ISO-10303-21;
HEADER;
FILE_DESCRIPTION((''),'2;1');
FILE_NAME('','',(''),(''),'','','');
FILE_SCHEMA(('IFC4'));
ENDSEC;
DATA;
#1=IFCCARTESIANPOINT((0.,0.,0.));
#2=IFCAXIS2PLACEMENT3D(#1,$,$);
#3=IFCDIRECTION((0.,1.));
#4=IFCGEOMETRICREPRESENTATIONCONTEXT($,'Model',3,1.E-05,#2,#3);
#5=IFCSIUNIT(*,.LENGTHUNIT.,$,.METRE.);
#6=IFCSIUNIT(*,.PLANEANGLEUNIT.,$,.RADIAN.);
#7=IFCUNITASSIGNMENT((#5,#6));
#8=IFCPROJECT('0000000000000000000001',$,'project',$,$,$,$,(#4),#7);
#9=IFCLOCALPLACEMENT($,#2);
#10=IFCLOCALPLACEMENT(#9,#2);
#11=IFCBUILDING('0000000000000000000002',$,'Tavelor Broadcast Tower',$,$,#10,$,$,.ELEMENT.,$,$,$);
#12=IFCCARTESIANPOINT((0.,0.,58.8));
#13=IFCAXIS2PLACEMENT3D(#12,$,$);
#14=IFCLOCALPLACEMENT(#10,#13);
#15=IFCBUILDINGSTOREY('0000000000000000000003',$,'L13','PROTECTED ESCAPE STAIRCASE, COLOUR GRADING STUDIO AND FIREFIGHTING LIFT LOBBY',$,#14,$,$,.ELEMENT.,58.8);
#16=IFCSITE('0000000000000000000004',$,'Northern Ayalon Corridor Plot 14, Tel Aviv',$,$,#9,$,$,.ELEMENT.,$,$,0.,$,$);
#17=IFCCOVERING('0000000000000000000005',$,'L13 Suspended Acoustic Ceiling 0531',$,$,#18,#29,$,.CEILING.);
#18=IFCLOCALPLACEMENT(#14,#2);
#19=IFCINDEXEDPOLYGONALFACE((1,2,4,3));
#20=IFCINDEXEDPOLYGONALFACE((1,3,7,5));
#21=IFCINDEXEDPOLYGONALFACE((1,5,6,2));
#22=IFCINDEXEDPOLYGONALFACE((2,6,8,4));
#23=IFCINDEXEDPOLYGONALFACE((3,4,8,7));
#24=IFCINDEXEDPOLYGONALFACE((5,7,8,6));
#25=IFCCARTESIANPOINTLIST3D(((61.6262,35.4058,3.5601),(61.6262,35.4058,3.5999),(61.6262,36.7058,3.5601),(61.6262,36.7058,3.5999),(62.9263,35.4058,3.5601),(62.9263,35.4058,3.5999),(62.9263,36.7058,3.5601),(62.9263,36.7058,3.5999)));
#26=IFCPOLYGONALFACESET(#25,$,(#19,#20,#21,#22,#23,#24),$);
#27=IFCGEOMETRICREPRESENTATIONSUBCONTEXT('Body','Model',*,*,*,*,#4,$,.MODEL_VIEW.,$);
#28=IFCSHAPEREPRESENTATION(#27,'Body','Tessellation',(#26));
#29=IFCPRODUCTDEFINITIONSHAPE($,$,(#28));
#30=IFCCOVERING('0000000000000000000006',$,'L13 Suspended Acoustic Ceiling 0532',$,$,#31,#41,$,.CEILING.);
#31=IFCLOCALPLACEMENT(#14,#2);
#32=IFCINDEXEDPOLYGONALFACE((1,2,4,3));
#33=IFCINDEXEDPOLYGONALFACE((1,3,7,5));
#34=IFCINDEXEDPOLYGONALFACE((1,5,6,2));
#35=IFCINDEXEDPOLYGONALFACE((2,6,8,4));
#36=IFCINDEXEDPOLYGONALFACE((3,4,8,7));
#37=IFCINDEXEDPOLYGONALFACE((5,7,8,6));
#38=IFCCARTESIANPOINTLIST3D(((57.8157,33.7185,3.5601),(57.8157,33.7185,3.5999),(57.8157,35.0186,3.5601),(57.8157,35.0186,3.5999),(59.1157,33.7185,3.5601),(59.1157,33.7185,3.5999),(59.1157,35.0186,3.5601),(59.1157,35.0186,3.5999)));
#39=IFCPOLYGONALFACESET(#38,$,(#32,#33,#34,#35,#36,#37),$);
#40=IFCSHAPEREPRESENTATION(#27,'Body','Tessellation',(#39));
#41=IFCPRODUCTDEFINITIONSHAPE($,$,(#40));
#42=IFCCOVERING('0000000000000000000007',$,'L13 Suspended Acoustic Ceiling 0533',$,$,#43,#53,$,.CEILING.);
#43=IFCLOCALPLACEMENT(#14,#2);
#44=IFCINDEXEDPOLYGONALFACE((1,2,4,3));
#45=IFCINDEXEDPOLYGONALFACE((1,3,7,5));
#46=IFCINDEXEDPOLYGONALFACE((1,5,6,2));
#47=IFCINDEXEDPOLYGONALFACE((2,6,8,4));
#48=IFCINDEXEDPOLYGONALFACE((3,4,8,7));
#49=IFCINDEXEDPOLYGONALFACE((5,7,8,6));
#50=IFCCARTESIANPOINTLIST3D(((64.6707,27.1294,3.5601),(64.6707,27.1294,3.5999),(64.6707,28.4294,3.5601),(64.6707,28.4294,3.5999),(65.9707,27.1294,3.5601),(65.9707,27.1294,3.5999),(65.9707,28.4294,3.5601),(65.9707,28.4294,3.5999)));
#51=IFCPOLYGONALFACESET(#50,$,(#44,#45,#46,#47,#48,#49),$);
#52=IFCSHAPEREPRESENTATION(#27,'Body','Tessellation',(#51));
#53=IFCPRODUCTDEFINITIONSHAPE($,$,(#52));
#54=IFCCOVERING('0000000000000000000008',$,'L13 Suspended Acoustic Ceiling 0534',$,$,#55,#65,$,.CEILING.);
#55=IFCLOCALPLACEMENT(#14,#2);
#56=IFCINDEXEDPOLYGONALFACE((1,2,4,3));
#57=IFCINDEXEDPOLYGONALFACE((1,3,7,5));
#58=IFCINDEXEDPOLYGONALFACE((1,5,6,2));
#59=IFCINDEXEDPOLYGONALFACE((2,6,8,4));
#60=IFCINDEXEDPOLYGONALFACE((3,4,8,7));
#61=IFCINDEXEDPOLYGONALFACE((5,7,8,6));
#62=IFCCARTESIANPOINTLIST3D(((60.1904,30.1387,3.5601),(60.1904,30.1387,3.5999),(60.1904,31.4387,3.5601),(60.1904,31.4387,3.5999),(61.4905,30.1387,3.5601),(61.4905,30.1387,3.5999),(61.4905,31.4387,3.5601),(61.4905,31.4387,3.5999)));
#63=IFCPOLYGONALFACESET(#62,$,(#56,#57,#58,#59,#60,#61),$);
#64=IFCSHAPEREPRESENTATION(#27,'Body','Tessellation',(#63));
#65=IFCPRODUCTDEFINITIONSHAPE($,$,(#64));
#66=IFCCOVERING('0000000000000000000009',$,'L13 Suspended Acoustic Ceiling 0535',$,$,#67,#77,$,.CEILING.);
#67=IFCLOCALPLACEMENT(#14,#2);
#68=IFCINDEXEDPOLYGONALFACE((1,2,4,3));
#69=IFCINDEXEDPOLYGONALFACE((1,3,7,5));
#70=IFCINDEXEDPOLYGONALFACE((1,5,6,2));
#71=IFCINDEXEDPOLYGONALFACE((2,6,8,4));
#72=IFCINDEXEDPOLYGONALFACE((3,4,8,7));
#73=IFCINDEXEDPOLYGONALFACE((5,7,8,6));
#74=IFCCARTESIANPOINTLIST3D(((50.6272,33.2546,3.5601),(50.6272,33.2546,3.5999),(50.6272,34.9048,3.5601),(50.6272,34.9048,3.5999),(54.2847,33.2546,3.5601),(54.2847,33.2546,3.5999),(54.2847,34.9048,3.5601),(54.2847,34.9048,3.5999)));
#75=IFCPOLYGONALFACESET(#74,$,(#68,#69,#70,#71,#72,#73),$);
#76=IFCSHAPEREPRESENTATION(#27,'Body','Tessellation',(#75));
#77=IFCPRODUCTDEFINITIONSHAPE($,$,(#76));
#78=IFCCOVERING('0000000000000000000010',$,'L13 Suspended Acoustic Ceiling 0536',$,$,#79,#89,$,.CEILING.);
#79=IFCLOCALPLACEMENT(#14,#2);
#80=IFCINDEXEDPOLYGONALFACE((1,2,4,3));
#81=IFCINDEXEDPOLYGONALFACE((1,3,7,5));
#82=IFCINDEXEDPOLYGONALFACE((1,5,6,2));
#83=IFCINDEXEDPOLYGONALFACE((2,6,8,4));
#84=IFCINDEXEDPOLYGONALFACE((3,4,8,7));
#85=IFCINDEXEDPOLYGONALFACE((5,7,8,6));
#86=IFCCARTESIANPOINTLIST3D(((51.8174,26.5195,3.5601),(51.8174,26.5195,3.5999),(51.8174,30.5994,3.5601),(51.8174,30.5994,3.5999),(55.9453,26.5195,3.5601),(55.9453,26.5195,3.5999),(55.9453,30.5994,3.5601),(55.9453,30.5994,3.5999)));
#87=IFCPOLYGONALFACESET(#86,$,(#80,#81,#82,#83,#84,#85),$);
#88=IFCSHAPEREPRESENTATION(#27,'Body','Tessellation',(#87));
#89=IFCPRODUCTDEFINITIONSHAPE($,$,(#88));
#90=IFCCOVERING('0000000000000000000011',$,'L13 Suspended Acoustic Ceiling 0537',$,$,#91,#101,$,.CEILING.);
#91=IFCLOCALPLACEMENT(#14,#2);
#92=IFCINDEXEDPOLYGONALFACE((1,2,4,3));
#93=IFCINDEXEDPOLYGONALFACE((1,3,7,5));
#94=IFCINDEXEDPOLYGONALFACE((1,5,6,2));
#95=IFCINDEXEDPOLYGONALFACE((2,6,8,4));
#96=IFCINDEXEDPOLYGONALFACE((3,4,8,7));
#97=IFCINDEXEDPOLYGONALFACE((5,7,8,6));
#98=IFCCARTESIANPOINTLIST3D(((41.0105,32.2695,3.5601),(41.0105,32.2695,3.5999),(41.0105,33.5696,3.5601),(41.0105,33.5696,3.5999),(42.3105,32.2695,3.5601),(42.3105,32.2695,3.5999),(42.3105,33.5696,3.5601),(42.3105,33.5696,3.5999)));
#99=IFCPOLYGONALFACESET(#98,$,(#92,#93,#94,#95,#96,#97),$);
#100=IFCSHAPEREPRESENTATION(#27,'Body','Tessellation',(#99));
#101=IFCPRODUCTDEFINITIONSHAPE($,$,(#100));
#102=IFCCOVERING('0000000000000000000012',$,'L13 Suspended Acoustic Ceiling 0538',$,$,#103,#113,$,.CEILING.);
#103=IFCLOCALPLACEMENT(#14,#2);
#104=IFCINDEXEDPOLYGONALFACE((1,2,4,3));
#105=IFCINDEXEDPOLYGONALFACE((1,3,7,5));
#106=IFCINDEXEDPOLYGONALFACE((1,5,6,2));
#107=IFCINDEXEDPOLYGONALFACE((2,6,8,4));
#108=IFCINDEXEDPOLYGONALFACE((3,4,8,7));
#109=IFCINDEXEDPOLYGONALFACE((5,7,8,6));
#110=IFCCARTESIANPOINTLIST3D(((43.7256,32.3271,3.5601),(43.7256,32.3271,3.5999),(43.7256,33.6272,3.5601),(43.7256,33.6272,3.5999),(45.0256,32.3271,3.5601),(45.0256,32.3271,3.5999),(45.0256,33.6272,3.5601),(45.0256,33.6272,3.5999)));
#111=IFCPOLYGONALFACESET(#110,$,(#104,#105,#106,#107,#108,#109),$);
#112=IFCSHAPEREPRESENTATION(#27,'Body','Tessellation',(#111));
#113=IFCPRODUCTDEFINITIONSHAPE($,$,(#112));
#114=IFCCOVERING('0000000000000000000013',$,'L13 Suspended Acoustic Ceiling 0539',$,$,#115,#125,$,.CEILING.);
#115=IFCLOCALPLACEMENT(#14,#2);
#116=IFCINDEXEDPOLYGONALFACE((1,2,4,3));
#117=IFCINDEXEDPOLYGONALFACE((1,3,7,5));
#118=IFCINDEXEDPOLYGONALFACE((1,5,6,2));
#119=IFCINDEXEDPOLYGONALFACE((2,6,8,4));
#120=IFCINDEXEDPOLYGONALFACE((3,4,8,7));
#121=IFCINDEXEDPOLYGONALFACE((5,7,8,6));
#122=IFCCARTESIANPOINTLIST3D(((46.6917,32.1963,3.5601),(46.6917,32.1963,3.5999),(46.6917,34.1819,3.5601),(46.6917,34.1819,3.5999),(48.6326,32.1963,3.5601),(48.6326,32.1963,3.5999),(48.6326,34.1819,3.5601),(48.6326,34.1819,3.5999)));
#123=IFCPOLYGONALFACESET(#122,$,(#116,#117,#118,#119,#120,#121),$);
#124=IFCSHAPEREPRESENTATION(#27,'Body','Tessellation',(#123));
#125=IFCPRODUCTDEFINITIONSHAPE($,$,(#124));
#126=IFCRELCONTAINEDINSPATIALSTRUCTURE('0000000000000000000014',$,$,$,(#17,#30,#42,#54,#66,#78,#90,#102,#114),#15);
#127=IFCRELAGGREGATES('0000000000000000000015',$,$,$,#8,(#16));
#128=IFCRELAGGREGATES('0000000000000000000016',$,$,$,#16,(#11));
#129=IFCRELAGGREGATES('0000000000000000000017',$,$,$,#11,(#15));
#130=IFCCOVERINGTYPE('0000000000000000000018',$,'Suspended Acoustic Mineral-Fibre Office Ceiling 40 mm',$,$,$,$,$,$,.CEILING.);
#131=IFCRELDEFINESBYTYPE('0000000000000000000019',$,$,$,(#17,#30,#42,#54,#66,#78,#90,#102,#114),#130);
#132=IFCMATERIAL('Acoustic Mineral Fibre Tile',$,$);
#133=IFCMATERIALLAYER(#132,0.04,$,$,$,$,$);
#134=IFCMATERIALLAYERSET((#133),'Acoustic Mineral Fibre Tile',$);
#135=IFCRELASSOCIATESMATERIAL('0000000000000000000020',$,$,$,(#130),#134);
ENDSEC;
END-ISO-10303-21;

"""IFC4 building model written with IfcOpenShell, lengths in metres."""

from ifc_helpers import new_model, si_unit, direction, frame, origin, place, context, subcontext, project, spatial, polyline, outline, extrude, material, layer, layer_set, type_object, element, save


model = new_model("IFC4")

# Units and contexts
model_context = context("Model", 3, precision=1e-05, world=origin(), true_north=direction((0.0, 1.0)))
body_context = subcontext(model_context, "Body", "Model", "MODEL_VIEW")
ifc_project = project(units=[si_unit("LENGTHUNIT", "METRE"), si_unit("PLANEANGLEUNIT", "RADIAN")], contexts=[model_context])

# Site, building, storey
site_placement = place(None, origin())
site = spatial("IfcSite", under=ifc_project, at=site_placement, Name="Northern Ayalon Corridor Plot 14, Tel Aviv", CompositionType="ELEMENT", RefElevation=0.0)
building_placement = place(site_placement, origin())
building = spatial("IfcBuilding", under=site, at=building_placement, Name="Tavelor Broadcast Tower", CompositionType="ELEMENT")
storey_placement = place(building_placement, frame((0.0, 0.0, 58.8)))
storey = spatial("IfcBuildingStorey", under=building, at=storey_placement, Name="L13", Description="PROTECTED ESCAPE STAIRCASE, COLOUR GRADING STUDIO AND FIREFIGHTING LIFT LOBBY", CompositionType="ELEMENT", Elevation=58.8)

# Coverings
ifc_material_1 = material(Name="Acoustic Mineral Fibre Tile")
ifc_layer_1 = layer(ifc_material_1, 0.04)
ifc_layer_set_1 = layer_set([ifc_layer_1], Name="Acoustic Mineral Fibre Tile")
covering_type_1 = type_object("IfcCoveringType", Name="Suspended Acoustic Mineral-Fibre Office Ceiling 40 mm", PredefinedType="CEILING", material=ifc_layer_set_1)
covering_1_placement = place(storey_placement, frame((0.0, 0.0, 3.5601)))
element("IfcCovering", 1, at=covering_1_placement, inside=storey, type_object=covering_type_1, Name="L13 Suspended Acoustic Ceiling 0531", PredefinedType="CEILING", context=body_context, shape_type="SweptSolid", body=[
    extrude(outline(polyline([(61.6262, 35.4058), (62.9263, 35.4058), (62.9263, 36.7058), (61.6262, 36.7058), (61.6262, 35.4058)])), origin(), (0.0, 0.0, 1.0), 0.0398),
])
covering_2_placement = place(storey_placement, frame((0.0, 0.0, 3.5601)))
element("IfcCovering", 2, at=covering_2_placement, inside=storey, type_object=covering_type_1, Name="L13 Suspended Acoustic Ceiling 0532", PredefinedType="CEILING", context=body_context, shape_type="SweptSolid", body=[
    extrude(outline(polyline([(57.8157, 33.7185), (59.1157, 33.7185), (59.1157, 35.0186), (57.8157, 35.0186), (57.8157, 33.7185)])), origin(), (0.0, 0.0, 1.0), 0.0398),
])
covering_3_placement = place(storey_placement, frame((0.0, 0.0, 3.5601)))
element("IfcCovering", 3, at=covering_3_placement, inside=storey, type_object=covering_type_1, Name="L13 Suspended Acoustic Ceiling 0533", PredefinedType="CEILING", context=body_context, shape_type="SweptSolid", body=[
    extrude(outline(polyline([(64.6707, 27.1294), (65.9707, 27.1294), (65.9707, 28.4294), (64.6707, 28.4294), (64.6707, 27.1294)])), origin(), (0.0, 0.0, 1.0), 0.0398),
])
covering_4_placement = place(storey_placement, frame((0.0, 0.0, 3.5601)))
element("IfcCovering", 4, at=covering_4_placement, inside=storey, type_object=covering_type_1, Name="L13 Suspended Acoustic Ceiling 0534", PredefinedType="CEILING", context=body_context, shape_type="SweptSolid", body=[
    extrude(outline(polyline([(60.1904, 30.1387), (61.4905, 30.1387), (61.4905, 31.4387), (60.1904, 31.4387), (60.1904, 30.1387)])), origin(), (0.0, 0.0, 1.0), 0.0398),
])
covering_5_placement = place(storey_placement, frame((0.0, 0.0, 3.5601)))
element("IfcCovering", 5, at=covering_5_placement, inside=storey, type_object=covering_type_1, Name="L13 Suspended Acoustic Ceiling 0535", PredefinedType="CEILING", context=body_context, shape_type="SweptSolid", body=[
    extrude(outline(polyline([(50.6272, 33.2546), (54.2847, 33.2546), (54.2847, 34.9048), (50.6272, 34.9048), (50.6272, 33.2546)])), origin(), (0.0, 0.0, 1.0), 0.0398),
])
covering_6_placement = place(storey_placement, frame((0.0, 0.0, 3.5601)))
element("IfcCovering", 6, at=covering_6_placement, inside=storey, type_object=covering_type_1, Name="L13 Suspended Acoustic Ceiling 0536", PredefinedType="CEILING", context=body_context, shape_type="SweptSolid", body=[
    extrude(outline(polyline([(51.8174, 26.5195), (55.9453, 26.5195), (55.9453, 30.5994), (51.8174, 30.5994), (51.8174, 26.5195)])), origin(), (0.0, 0.0, 1.0), 0.0398),
])
covering_7_placement = place(storey_placement, frame((0.0, 0.0, 3.5601)))
element("IfcCovering", 7, at=covering_7_placement, inside=storey, type_object=covering_type_1, Name="L13 Suspended Acoustic Ceiling 0537", PredefinedType="CEILING", context=body_context, shape_type="SweptSolid", body=[
    extrude(outline(polyline([(41.0105, 32.2695), (42.3105, 32.2695), (42.3105, 33.5696), (41.0105, 33.5696), (41.0105, 32.2695)])), origin(), (0.0, 0.0, 1.0), 0.0398),
])
covering_8_placement = place(storey_placement, frame((0.0, 0.0, 3.5601)))
element("IfcCovering", 8, at=covering_8_placement, inside=storey, type_object=covering_type_1, Name="L13 Suspended Acoustic Ceiling 0538", PredefinedType="CEILING", context=body_context, shape_type="SweptSolid", body=[
    extrude(outline(polyline([(43.7256, 32.3271), (45.0256, 32.3271), (45.0256, 33.6272), (43.7256, 33.6272), (43.7256, 32.3271)])), origin(), (0.0, 0.0, 1.0), 0.0398),
])
covering_9_placement = place(storey_placement, frame((0.0, 0.0, 3.5601)))
element("IfcCovering", 9, at=covering_9_placement, inside=storey, type_object=covering_type_1, Name="L13 Suspended Acoustic Ceiling 0539", PredefinedType="CEILING", context=body_context, shape_type="SweptSolid", body=[
    extrude(outline(polyline([(46.6917, 32.1963), (48.6326, 32.1963), (48.6326, 34.1819), (46.6917, 34.1819), (46.6917, 32.1963)])), origin(), (0.0, 0.0, 1.0), 0.0398),
])

save(model, "model.ifc")
